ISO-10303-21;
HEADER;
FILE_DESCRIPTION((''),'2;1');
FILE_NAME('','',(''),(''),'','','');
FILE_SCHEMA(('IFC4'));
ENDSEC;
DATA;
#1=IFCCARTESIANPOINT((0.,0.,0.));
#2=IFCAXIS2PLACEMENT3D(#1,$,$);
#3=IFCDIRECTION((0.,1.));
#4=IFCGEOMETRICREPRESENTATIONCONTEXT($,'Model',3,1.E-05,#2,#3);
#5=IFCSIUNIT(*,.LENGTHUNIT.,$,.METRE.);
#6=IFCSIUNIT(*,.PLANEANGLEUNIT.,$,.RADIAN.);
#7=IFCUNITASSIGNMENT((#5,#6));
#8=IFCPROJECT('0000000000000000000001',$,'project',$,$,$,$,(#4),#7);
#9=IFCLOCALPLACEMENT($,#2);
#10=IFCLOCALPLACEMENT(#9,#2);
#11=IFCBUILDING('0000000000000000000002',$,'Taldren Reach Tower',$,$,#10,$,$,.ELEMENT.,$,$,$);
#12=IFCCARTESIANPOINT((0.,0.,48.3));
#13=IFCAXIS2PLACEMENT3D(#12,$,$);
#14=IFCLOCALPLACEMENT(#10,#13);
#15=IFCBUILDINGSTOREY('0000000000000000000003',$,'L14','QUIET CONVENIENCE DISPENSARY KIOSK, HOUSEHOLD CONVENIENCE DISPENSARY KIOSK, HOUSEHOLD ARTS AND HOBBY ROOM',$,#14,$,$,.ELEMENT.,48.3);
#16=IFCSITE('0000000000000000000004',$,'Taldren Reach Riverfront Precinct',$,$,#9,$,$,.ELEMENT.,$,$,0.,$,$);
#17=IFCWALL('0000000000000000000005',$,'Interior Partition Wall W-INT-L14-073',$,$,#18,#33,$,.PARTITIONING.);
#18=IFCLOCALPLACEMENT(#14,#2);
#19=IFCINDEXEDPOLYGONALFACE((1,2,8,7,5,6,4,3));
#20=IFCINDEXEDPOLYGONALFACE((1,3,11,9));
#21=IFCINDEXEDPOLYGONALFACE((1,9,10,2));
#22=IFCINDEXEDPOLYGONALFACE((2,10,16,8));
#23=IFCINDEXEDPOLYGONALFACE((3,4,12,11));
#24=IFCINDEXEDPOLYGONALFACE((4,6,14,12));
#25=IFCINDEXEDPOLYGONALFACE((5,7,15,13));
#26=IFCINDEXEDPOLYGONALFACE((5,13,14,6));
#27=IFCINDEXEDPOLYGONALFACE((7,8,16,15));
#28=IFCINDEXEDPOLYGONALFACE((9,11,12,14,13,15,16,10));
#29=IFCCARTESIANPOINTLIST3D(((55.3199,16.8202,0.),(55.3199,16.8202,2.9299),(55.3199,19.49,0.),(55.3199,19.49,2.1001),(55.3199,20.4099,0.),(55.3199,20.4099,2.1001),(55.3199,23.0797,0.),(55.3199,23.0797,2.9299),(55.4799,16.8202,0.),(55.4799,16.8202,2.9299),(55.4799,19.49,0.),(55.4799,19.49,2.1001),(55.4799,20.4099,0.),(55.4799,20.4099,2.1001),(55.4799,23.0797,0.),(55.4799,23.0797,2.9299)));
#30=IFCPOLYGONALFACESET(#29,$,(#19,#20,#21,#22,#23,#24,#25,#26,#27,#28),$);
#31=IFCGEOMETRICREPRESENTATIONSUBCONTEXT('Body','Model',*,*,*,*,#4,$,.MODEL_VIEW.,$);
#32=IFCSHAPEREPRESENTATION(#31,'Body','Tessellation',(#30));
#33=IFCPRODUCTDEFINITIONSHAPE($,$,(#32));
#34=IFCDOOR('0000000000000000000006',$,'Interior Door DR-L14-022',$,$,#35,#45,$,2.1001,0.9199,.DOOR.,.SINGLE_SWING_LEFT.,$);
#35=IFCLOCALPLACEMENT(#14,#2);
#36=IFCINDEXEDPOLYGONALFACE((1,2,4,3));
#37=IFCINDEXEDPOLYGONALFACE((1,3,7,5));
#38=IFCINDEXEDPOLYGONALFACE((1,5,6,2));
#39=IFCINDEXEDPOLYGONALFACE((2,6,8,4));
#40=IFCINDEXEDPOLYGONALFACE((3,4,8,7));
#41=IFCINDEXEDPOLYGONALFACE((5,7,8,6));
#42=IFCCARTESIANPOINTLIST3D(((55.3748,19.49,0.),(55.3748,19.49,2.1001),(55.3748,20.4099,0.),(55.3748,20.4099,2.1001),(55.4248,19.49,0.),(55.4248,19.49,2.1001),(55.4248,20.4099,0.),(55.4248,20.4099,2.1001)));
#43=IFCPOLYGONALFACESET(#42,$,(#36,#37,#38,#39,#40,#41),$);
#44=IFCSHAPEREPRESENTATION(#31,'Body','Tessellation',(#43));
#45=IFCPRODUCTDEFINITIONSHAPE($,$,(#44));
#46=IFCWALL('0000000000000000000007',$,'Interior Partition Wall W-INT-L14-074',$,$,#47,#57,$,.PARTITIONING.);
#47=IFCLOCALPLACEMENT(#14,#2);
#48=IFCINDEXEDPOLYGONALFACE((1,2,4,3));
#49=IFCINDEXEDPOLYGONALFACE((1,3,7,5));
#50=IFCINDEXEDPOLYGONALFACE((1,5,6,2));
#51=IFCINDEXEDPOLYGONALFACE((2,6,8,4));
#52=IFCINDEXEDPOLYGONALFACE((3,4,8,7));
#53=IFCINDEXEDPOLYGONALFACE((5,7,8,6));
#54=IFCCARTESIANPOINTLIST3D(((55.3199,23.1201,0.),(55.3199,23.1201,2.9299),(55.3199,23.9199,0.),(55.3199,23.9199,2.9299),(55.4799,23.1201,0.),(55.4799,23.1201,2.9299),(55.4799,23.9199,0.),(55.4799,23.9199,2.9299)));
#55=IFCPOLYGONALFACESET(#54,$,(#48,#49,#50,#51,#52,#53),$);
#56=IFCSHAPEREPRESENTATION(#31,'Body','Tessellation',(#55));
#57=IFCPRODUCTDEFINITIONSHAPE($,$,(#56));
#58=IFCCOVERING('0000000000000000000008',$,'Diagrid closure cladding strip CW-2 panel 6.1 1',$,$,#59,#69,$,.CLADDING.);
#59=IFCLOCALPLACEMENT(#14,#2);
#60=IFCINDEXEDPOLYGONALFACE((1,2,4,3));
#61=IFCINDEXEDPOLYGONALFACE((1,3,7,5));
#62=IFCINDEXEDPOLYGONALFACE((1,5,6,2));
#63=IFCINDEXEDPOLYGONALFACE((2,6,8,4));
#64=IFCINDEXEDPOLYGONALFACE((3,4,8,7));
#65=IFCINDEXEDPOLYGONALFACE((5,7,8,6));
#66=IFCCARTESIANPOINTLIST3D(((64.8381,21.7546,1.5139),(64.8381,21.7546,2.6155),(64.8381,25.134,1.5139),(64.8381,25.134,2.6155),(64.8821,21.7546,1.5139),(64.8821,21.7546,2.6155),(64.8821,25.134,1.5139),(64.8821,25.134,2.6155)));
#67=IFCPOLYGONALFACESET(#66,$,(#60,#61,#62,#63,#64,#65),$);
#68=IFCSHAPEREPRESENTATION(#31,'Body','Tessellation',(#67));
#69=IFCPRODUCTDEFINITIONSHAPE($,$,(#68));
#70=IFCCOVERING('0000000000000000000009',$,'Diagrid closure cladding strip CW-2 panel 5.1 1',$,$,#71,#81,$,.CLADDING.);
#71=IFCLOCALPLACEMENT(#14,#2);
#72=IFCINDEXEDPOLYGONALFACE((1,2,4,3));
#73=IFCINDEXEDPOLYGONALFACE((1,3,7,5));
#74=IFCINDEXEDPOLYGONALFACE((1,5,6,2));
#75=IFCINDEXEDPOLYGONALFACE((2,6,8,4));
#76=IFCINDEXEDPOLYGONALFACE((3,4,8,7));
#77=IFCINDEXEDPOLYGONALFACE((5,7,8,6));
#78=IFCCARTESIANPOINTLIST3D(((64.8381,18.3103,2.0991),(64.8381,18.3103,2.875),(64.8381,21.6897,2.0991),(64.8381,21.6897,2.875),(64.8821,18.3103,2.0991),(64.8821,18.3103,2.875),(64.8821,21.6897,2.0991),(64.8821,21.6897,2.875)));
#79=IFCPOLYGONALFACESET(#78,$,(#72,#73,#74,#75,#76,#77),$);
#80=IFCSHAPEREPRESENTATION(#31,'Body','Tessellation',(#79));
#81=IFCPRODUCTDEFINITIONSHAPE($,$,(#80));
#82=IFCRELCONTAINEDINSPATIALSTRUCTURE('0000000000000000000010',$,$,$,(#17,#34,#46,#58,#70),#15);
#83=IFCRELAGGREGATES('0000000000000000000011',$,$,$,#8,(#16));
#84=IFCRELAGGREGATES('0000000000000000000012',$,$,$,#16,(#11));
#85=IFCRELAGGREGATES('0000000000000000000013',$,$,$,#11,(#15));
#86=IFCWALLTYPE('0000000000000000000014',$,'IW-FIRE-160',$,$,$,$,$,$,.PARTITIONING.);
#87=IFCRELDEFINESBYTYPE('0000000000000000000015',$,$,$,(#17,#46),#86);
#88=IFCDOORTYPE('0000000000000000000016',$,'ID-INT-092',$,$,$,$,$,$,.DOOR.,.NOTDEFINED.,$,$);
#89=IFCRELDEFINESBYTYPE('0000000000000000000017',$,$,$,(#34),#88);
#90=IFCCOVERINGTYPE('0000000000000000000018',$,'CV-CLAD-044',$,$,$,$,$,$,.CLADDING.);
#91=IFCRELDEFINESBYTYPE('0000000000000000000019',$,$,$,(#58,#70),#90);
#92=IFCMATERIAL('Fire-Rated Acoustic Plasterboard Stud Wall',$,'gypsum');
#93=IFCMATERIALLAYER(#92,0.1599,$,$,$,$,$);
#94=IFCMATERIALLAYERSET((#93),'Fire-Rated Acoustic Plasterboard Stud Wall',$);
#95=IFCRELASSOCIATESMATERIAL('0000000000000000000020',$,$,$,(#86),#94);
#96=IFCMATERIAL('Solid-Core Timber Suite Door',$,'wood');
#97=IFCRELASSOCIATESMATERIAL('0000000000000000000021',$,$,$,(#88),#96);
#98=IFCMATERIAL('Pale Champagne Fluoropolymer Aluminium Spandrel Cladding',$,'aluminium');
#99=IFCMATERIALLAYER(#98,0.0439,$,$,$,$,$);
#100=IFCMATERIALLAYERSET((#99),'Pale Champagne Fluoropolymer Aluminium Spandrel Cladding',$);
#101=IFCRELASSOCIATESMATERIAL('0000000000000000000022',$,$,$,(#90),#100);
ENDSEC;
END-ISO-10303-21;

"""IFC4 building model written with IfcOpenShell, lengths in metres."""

from ifc_helpers import new_model, si_unit, direction, frame, frame_2d, origin, origin_2d, place, context, subcontext, project, spatial, rectangle, extrude, source, transform, mapped, material, layer, layer_set, type_object, element, fill, save


model = new_model("IFC4")

# Units and contexts
model_context = context("Model", 3, precision=1e-05, world=origin(), true_north=direction((0.0, 1.0)))
body_context = subcontext(model_context, "Body", "Model", "MODEL_VIEW")
ifc_project = project(units=[si_unit("LENGTHUNIT", "METRE"), si_unit("PLANEANGLEUNIT", "RADIAN")], contexts=[model_context])

# Site, building, storey
site_placement = place(None, origin())
site = spatial("IfcSite", under=ifc_project, at=site_placement, Name="Taldren Reach Riverfront Precinct", CompositionType="ELEMENT", RefElevation=0.0)
building_placement = place(site_placement, origin())
building = spatial("IfcBuilding", under=site, at=building_placement, Name="Taldren Reach Tower", CompositionType="ELEMENT")
storey_placement = place(building_placement, frame((0.0, 0.0, 48.3)))
storey = spatial("IfcBuildingStorey", under=building, at=storey_placement, Name="L14", Description="QUIET CONVENIENCE DISPENSARY KIOSK, HOUSEHOLD CONVENIENCE DISPENSARY KIOSK, HOUSEHOLD ARTS AND HOBBY ROOM", CompositionType="ELEMENT", Elevation=48.3)

# Wall, opening, door
ifc_material_1 = material(Name="Fire-Rated Acoustic Plasterboard Stud Wall", Category="gypsum")
ifc_layer_1 = layer(ifc_material_1, 0.1599)
ifc_layer_set_1 = layer_set([ifc_layer_1], Name="Fire-Rated Acoustic Plasterboard Stud Wall")
wall_type_1 = type_object("IfcWallType", Name="IW-FIRE-160", PredefinedType="PARTITIONING", material=ifc_layer_set_1)
shared_shape_1 = source(origin(), body_context, "Body", "SweptSolid", [
    extrude(rectangle(XDim=6.2595, YDim=0.1599, at=frame_2d((3.1299, 0.0))), origin(), (0.0, 0.0, 1.0), 2.9299),
])
wall_1_placement = place(storey_placement, frame((55.3999, 23.0798, 0.0), z_axis=(0.0, 0.0, 1.0), x_axis=(0.0, -1.0, 0.0)))
wall_1 = element("IfcWall", 1, at=wall_1_placement, inside=storey, type_object=wall_type_1, Name="Interior Partition Wall W-INT-L14-073", PredefinedType="PARTITIONING", context=body_context, shape_type="MappedRepresentation", body=[
    mapped(shared_shape_1, transform((0.0, 0.0, 0.0), scale=1.0)),
])
shared_shape_2 = source(origin(), body_context, "Body", "SweptSolid", [
    extrude(rectangle(XDim=0.9199, YDim=2.1001, at=frame_2d((0.46, 1.05))), frame((0.0, 0.0898, 0.0), z_axis=(0.0, -1.0, 0.0), x_axis=(1.0, 0.0, 0.0)), (0.0, 0.0, 1.0), 0.1799),
])
opening_1_placement = place(wall_1_placement, frame((2.6699, 0.0, 0.0)))
opening_1 = element("IfcOpeningElement", 2, at=opening_1_placement, cuts=wall_1, PredefinedType="OPENING", context=body_context, shape_type="MappedRepresentation", body=[
    mapped(shared_shape_2, transform((0.0, 0.0, 0.0), scale=1.0)),
])
ifc_material_2 = material(Name="Solid-Core Timber Suite Door", Category="wood")
door_type_1 = type_object("IfcDoorType", Name="ID-INT-092", OperationType="NOTDEFINED", PredefinedType="DOOR", material=ifc_material_2)
shared_shape_3 = source(origin(), body_context, "Body", "SweptSolid", [
    extrude(rectangle(XDim=0.9199, YDim=2.1001, at=frame_2d((0.46, 1.05))), frame((0.0, 0.0249, 0.0), z_axis=(0.0, -1.0, 0.0), x_axis=(1.0, 0.0, 0.0)), (0.0, 0.0, 1.0), 0.05),
])
door_1_placement = place(opening_1_placement, origin())
door_1 = element("IfcDoor", 3, at=door_1_placement, inside=storey, type_object=door_type_1, Name="Interior Door DR-L14-022", OperationType="SINGLE_SWING_LEFT", OverallHeight=2.1001, OverallWidth=0.9199, PredefinedType="DOOR", context=body_context, shape_type="MappedRepresentation", body=[
    mapped(shared_shape_3, transform((0.0, 0.0, 0.0), scale=1.0)),
])
fill(opening_1, door_1)

# Wall
shared_shape_4 = source(origin(), body_context, "Body", "SweptSolid", [
    extrude(rectangle(XDim=0.7998, YDim=0.1599, at=frame_2d((0.3999, 0.0))), origin(), (0.0, 0.0, 1.0), 2.9299),
])
wall_2_placement = place(storey_placement, frame((55.3999, 23.9199, 0.0), z_axis=(0.0, 0.0, 1.0), x_axis=(0.0, -1.0, 0.0)))
element("IfcWall", 4, at=wall_2_placement, inside=storey, type_object=wall_type_1, Name="Interior Partition Wall W-INT-L14-074", PredefinedType="PARTITIONING", context=body_context, shape_type="MappedRepresentation", body=[
    mapped(shared_shape_4, transform((0.0, 0.0, 0.0), scale=1.0)),
])

# Coverings
ifc_material_3 = material(Name="Pale Champagne Fluoropolymer Aluminium Spandrel Cladding", Category="aluminium")
ifc_layer_2 = layer(ifc_material_3, 0.0439)
ifc_layer_set_2 = layer_set([ifc_layer_2], Name="Pale Champagne Fluoropolymer Aluminium Spandrel Cladding")
covering_type = type_object("IfcCoveringType", Name="CV-CLAD-044", PredefinedType="CLADDING", material=ifc_layer_set_2)
shared_shape_5 = source(origin(), body_context, "Body", "SweptSolid", [
    extrude(rectangle(XDim=3.3794, YDim=0.0439, at=origin_2d()), origin(), (0.0, 0.0, 1.0), 1.1016),
])
covering_1_placement = place(storey_placement, frame((64.8601, 23.4443, 1.5139), z_axis=(0.0, 0.0, 1.0), x_axis=(0.0, 1.0, 0.0)))
element("IfcCovering", 5, at=covering_1_placement, inside=storey, type_object=covering_type, Name="Diagrid closure cladding strip CW-2 panel 6.1 1", PredefinedType="CLADDING", context=body_context, shape_type="MappedRepresentation", body=[
    mapped(shared_shape_5, transform((0.0, 0.0, 0.0), scale=1.0)),
])
shared_shape_6 = source(origin(), body_context, "Body", "SweptSolid", [
    extrude(rectangle(XDim=3.3794, YDim=0.0439, at=origin_2d()), origin(), (0.0, 0.0, 1.0), 0.7759),
])
covering_2_placement = place(storey_placement, frame((64.8601, 20.0, 2.0991), z_axis=(0.0, 0.0, 1.0), x_axis=(0.0, 1.0, 0.0)))
element("IfcCovering", 6, at=covering_2_placement, inside=storey, type_object=covering_type, Name="Diagrid closure cladding strip CW-2 panel 5.1 1", PredefinedType="CLADDING", context=body_context, shape_type="MappedRepresentation", body=[
    mapped(shared_shape_6, transform((0.0, 0.0, 0.0), scale=1.0)),
])

save(model, "model.ifc")
